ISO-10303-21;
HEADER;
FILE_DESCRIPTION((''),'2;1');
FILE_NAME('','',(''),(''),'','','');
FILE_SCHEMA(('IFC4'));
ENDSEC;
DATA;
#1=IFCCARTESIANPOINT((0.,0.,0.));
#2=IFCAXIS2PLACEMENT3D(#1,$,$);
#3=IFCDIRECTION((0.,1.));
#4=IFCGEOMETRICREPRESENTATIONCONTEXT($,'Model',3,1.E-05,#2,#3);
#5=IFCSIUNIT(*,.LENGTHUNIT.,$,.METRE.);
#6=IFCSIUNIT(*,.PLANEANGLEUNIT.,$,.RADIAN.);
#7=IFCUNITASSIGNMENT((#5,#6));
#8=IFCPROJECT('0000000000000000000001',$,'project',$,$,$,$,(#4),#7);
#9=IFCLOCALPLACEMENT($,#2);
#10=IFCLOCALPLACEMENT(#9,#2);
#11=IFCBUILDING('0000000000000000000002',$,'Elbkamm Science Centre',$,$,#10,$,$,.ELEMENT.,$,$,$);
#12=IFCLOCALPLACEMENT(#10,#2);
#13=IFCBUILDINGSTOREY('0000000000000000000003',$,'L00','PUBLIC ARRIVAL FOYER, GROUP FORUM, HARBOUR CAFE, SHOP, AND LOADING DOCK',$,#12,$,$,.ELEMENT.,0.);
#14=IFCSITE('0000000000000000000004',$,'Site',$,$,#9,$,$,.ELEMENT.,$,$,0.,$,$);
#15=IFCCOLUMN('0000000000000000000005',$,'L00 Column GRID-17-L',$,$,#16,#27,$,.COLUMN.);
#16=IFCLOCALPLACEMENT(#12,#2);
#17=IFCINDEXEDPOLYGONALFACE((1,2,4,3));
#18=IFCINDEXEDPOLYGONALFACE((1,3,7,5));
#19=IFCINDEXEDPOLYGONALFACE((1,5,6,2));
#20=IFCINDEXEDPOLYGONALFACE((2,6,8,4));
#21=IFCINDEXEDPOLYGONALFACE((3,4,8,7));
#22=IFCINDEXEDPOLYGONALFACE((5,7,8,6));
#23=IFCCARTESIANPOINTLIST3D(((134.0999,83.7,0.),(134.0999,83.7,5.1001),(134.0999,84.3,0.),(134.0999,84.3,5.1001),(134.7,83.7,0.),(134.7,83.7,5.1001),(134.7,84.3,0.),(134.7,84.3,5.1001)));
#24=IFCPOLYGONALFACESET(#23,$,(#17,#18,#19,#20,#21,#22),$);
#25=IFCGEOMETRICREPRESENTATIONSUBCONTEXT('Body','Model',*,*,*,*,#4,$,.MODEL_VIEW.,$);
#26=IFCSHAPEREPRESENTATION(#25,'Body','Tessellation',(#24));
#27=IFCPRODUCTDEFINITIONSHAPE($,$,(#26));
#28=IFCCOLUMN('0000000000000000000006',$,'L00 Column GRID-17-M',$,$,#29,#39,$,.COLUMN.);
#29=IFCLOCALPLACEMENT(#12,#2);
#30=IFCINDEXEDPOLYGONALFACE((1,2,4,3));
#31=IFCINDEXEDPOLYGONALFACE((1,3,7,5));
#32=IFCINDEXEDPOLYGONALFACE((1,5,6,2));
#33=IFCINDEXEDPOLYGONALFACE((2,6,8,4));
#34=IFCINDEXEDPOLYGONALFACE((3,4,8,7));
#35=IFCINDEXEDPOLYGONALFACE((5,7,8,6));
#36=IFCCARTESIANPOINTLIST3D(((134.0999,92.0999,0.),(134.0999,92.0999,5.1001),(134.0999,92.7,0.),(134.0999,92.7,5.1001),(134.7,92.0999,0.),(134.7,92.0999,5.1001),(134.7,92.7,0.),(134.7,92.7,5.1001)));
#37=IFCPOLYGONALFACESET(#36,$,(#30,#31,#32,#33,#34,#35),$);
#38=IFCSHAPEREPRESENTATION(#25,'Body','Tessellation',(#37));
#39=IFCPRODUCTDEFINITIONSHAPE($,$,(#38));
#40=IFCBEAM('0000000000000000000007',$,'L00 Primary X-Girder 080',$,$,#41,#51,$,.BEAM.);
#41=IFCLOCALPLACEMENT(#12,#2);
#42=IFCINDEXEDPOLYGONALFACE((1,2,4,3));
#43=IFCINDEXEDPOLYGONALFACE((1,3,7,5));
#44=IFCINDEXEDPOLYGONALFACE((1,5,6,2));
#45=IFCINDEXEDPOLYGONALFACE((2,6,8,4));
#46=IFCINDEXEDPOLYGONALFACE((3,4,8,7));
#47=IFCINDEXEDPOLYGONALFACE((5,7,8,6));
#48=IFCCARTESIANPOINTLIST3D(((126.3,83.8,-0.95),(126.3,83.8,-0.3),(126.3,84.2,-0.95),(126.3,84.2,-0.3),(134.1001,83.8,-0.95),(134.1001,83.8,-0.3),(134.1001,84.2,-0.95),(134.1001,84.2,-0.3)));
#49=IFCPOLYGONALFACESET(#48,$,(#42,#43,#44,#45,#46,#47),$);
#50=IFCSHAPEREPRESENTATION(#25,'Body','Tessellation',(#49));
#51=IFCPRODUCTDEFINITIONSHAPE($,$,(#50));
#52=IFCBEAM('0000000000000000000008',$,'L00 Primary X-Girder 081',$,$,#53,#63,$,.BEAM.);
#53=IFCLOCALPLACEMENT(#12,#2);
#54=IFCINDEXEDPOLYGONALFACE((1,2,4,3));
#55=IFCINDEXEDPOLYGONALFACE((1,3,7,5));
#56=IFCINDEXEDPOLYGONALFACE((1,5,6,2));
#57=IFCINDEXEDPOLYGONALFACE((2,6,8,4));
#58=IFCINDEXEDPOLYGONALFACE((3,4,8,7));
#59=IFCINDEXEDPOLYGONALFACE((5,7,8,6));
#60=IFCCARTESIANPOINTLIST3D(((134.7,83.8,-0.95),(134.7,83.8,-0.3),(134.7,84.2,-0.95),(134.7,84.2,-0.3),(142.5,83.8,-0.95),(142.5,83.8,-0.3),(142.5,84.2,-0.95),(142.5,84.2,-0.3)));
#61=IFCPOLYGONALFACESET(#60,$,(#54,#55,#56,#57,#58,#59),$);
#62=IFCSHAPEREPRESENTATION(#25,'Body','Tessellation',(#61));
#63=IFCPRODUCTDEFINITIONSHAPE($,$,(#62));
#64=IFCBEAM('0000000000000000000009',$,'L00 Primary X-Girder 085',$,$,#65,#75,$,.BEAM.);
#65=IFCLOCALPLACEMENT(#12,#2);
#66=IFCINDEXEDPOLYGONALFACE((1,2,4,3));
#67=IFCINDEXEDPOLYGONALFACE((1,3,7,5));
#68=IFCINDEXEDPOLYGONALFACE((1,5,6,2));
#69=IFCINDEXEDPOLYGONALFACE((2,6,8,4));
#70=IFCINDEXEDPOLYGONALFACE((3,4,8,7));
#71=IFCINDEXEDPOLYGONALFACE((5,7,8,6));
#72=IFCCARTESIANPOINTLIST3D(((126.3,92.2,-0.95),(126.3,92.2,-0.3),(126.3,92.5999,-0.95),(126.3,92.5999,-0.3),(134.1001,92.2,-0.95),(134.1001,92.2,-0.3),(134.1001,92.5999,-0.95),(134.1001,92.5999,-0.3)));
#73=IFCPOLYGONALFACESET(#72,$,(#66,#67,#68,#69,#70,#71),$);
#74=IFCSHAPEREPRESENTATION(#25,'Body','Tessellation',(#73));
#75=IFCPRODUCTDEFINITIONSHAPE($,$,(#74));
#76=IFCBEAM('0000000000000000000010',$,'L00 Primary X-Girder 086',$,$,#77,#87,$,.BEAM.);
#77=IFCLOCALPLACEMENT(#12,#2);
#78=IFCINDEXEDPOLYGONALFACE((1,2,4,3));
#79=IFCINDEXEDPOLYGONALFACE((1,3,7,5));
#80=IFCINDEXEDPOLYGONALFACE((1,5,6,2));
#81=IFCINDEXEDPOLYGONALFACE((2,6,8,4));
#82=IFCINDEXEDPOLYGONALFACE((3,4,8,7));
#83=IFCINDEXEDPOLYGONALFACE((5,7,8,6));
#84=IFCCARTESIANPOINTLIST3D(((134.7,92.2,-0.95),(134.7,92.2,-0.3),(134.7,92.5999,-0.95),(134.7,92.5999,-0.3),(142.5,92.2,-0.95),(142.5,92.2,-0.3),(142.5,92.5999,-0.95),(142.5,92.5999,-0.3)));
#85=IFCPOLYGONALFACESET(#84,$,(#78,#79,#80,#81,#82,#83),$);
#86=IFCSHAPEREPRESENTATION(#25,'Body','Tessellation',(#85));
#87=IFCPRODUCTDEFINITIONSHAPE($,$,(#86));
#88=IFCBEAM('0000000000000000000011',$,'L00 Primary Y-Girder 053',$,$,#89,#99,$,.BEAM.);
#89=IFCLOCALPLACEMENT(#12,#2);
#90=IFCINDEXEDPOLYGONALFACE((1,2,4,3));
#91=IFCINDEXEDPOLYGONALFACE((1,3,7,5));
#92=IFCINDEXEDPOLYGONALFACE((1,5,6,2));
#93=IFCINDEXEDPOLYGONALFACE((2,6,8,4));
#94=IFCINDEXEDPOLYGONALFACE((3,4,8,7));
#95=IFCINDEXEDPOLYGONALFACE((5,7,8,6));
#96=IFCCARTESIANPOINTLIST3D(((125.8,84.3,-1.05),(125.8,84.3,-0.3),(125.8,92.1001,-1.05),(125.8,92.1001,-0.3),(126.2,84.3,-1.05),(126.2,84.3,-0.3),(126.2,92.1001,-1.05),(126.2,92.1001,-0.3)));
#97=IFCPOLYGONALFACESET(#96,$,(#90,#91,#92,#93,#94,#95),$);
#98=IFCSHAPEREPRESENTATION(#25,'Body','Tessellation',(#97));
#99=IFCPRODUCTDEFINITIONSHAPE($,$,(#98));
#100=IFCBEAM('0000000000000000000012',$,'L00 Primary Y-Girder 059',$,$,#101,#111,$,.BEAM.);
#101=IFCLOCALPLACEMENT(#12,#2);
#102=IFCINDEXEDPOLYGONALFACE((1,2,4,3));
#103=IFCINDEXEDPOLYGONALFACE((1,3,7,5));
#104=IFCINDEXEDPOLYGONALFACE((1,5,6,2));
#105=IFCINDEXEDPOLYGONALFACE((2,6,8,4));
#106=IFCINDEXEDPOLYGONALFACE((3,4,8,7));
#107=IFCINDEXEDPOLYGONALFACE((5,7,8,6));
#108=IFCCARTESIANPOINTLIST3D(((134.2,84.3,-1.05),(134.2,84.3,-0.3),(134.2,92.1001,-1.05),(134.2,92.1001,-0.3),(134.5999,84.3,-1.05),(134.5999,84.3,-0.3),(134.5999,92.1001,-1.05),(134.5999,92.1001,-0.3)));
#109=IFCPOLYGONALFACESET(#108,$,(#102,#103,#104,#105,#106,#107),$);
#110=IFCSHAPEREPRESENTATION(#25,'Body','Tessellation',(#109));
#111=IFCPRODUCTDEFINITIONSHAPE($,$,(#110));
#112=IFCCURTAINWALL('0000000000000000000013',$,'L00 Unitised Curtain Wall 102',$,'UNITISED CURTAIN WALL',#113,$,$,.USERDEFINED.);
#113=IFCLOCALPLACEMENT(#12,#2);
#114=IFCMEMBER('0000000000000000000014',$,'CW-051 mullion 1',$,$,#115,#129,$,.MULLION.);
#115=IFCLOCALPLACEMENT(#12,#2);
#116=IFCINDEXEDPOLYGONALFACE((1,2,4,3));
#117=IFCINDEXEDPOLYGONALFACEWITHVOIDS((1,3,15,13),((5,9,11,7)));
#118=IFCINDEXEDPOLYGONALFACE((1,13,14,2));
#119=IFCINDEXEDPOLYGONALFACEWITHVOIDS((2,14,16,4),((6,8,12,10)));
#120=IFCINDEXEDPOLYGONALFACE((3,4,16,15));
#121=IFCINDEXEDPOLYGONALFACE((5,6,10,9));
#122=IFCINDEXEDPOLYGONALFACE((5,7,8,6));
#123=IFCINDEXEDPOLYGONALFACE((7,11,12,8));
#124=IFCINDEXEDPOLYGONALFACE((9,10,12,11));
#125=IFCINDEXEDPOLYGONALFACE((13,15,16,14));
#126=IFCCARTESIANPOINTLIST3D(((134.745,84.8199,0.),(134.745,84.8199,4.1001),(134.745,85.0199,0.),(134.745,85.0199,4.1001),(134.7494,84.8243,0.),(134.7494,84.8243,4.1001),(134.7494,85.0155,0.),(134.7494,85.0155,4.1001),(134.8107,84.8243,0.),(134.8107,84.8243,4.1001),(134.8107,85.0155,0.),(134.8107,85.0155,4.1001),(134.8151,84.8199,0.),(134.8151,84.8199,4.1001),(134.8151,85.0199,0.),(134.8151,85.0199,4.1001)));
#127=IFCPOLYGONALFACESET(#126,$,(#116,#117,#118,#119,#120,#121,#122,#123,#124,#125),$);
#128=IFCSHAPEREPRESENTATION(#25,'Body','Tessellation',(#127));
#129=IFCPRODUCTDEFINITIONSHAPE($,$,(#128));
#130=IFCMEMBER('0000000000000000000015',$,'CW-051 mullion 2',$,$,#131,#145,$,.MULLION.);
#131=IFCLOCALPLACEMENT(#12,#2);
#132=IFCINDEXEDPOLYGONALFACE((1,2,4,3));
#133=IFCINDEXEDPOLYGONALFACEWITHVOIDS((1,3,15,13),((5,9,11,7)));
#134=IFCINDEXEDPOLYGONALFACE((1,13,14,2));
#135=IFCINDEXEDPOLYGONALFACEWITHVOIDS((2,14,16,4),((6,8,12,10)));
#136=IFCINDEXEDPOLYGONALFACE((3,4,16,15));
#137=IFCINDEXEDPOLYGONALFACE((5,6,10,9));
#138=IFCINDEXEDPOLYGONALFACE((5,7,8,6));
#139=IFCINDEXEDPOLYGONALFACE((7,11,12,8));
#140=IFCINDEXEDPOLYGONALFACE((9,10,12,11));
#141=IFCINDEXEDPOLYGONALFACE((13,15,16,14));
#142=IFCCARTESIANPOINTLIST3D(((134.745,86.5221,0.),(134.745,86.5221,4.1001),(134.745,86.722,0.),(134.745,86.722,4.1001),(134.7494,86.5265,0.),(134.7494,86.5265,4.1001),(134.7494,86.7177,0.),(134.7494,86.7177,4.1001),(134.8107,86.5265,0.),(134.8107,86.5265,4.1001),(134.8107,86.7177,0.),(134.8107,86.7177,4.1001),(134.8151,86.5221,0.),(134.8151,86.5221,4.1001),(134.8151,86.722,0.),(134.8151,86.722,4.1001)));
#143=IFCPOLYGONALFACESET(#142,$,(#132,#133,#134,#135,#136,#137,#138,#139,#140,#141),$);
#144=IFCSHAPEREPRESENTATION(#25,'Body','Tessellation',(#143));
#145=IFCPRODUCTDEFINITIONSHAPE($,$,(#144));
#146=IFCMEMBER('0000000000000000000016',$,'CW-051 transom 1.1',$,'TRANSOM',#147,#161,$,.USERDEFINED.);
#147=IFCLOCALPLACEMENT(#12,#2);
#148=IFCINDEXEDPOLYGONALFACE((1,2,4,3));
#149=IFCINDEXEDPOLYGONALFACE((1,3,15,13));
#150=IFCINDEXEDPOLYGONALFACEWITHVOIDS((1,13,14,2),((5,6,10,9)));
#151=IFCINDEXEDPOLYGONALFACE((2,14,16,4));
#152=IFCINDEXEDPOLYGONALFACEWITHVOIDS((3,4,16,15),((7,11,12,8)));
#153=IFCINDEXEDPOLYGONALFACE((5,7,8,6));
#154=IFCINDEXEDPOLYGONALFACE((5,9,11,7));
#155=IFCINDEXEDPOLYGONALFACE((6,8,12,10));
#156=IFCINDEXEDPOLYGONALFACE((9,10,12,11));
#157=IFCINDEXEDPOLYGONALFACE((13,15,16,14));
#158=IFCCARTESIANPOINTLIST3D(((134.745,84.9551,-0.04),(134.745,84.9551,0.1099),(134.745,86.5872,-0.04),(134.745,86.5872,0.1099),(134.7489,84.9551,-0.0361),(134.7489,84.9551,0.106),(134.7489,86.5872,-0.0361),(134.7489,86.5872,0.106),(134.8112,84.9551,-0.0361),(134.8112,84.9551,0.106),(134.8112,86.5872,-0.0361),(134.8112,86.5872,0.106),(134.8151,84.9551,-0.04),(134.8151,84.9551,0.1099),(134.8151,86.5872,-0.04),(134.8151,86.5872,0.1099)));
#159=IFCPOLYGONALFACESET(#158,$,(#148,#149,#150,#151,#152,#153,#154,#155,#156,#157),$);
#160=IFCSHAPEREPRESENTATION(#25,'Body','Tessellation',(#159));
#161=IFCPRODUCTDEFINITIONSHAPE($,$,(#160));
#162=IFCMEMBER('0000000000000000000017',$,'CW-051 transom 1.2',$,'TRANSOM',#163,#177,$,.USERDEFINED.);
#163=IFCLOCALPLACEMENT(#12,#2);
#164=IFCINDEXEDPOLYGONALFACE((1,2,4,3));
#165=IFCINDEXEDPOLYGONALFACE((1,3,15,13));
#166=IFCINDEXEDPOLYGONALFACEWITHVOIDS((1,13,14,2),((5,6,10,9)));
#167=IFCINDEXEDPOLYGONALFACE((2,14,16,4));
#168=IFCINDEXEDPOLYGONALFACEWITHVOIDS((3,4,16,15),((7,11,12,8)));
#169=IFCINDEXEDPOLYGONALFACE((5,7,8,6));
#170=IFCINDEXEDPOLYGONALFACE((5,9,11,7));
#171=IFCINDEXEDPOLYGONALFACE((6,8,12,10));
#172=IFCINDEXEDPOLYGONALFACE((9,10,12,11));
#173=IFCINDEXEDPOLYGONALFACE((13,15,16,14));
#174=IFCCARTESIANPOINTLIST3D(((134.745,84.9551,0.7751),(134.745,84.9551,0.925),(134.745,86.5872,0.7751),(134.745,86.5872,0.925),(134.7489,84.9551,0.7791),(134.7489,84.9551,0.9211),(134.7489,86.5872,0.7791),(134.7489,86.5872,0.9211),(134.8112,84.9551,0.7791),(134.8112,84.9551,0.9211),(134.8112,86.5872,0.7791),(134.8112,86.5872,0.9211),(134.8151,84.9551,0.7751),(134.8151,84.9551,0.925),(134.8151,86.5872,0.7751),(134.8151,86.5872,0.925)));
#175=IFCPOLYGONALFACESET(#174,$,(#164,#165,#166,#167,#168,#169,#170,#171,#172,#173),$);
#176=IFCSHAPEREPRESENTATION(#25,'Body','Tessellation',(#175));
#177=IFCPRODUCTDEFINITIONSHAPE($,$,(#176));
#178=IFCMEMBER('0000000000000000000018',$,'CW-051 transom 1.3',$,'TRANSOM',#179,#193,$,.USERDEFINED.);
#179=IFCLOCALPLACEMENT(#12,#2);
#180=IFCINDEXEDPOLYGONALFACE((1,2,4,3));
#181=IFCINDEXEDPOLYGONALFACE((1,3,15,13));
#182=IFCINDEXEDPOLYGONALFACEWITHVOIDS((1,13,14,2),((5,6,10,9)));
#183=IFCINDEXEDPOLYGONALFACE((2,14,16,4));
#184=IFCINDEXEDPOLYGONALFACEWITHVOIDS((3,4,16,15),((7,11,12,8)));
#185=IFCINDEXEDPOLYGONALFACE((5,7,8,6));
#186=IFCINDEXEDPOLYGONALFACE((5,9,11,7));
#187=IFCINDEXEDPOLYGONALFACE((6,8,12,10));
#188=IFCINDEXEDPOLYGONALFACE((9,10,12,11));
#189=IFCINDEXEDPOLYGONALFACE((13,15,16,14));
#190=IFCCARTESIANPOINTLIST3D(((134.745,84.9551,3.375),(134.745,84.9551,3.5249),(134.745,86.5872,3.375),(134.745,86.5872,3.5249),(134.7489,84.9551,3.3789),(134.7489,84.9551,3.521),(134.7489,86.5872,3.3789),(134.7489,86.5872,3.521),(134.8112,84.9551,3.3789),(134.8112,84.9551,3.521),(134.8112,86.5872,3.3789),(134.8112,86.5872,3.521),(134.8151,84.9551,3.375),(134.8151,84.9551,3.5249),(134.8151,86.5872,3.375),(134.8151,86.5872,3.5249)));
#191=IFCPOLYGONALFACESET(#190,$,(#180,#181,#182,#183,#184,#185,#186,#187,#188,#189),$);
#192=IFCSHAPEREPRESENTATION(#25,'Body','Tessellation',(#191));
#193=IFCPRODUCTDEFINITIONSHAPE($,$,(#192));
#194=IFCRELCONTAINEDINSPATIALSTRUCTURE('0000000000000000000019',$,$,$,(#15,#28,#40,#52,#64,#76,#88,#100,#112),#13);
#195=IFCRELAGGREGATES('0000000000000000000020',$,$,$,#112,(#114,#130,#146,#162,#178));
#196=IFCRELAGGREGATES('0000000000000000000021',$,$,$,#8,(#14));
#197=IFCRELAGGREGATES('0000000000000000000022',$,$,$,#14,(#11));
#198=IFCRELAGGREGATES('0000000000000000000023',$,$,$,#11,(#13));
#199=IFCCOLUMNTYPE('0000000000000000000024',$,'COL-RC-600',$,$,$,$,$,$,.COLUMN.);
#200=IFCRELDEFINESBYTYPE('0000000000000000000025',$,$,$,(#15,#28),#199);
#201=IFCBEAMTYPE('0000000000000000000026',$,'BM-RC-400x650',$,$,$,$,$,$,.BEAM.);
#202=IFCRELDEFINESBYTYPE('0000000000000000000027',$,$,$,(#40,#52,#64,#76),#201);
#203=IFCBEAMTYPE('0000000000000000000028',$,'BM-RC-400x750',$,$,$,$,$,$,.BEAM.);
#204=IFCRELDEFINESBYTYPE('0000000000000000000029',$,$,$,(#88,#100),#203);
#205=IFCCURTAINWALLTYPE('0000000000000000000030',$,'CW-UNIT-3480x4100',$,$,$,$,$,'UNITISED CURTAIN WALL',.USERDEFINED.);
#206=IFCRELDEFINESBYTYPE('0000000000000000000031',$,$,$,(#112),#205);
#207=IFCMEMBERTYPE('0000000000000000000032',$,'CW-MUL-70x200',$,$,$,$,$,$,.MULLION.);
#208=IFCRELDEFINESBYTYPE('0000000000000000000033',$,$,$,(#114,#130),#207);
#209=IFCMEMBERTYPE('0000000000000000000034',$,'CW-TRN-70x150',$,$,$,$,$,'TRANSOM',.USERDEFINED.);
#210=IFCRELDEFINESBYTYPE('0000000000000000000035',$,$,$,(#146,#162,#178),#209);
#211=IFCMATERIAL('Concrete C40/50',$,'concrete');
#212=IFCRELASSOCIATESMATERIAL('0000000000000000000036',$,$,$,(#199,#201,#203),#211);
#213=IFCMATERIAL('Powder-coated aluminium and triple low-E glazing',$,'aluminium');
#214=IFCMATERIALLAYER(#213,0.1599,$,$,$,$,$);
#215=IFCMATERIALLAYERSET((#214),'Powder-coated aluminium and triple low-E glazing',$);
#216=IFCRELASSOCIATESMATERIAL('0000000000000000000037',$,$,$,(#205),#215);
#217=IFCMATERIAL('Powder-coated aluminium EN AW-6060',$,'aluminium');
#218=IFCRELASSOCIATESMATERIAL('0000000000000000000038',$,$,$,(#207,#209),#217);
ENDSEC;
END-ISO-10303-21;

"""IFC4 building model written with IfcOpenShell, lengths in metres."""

from ifc_helpers import new_model, si_unit, direction, frame, origin, origin_2d, place, context, subcontext, project, spatial, rectangle, hollow_rectangle, extrude, material, layer, layer_set, material_profile, profile_set, type_object, element, aggregate, save


model = new_model("IFC4")

# Units and contexts
model_context = context("Model", 3, precision=1e-05, world=origin(), true_north=direction((0.0, 1.0)))
body_context = subcontext(model_context, "Body", "Model", "MODEL_VIEW")
ifc_project = project(units=[si_unit("LENGTHUNIT", "METRE"), si_unit("PLANEANGLEUNIT", "RADIAN")], contexts=[model_context])

# Site, building, storey
site_placement = place(None, origin())
site = spatial("IfcSite", under=ifc_project, at=site_placement, Name="Site", CompositionType="ELEMENT", RefElevation=0.0)
building_placement = place(site_placement, origin())
building = spatial("IfcBuilding", under=site, at=building_placement, Name="Elbkamm Science Centre", CompositionType="ELEMENT")
storey_placement = place(building_placement, origin())
storey = spatial("IfcBuildingStorey", under=building, at=storey_placement, Name="L00", Description="PUBLIC ARRIVAL FOYER, GROUP FORUM, HARBOUR CAFE, SHOP, AND LOADING DOCK", CompositionType="ELEMENT", Elevation=0.0)

# Columns
ifc_material_1 = material(Name="Concrete C40/50", Category="concrete")
ifc_material_profile_1 = material_profile(ifc_material_1, rectangle(XDim=0.6001, YDim=0.6001, at=origin_2d()), Name="RC 600x600")
ifc_profile_set_1 = profile_set([ifc_material_profile_1], Name="Concrete C40/50")
column_type = type_object("IfcColumnType", Name="COL-RC-600", PredefinedType="COLUMN", material=ifc_profile_set_1)
for number, where, z_axis, x_axis, name in (
    (1, (134.3999, 84.0, 0.0), (0.0, 0.0, 1.0), (1.0, 0.0, 0.0), "L00 Column GRID-17-L"),
    (2, (134.3999, 92.3999, 0.0), (0.0, 0.0, 1.0), (1.0, 0.0, 0.0), "L00 Column GRID-17-M"),
):
    element("IfcColumn", number, at=place(storey_placement, frame(where, z_axis=z_axis, x_axis=x_axis)), inside=storey, type_object=column_type, Name=name, PredefinedType="COLUMN", context=body_context, shape_type="SweptSolid", body=[
        extrude(rectangle(XDim=0.6001, YDim=0.6001, at=origin_2d()), origin(), (0.0, 0.0, 1.0), 5.1001),
    ])

# Beams
ifc_material_profile_2 = material_profile(ifc_material_1, rectangle(XDim=0.3999, YDim=0.6499, at=origin_2d()), Name="RC 400x650")
ifc_profile_set_2 = profile_set([ifc_material_profile_2], Name="Concrete C40/50")
beam_type_1 = type_object("IfcBeamType", Name="BM-RC-400x650", PredefinedType="BEAM", material=ifc_profile_set_2)
for number, where, z_axis, x_axis, name in (
    (3, (126.3, 84.0, -0.625), (1.0, 0.0, 0.0), (0.0, 1.0, 0.0), "L00 Primary X-Girder 080"),
    (4, (134.7, 84.0, -0.625), (1.0, 0.0, 0.0), (0.0, 1.0, 0.0), "L00 Primary X-Girder 081"),
    (5, (126.3, 92.3999, -0.625), (1.0, 0.0, 0.0), (0.0, 1.0, 0.0), "L00 Primary X-Girder 085"),
    (6, (134.7, 92.3999, -0.625), (1.0, 0.0, 0.0), (0.0, 1.0, 0.0), "L00 Primary X-Girder 086"),
):
    element("IfcBeam", number, at=place(storey_placement, frame(where, z_axis=z_axis, x_axis=x_axis)), inside=storey, type_object=beam_type_1, Name=name, PredefinedType="BEAM", context=body_context, shape_type="SweptSolid", body=[
        extrude(rectangle(XDim=0.3999, YDim=0.6499, at=origin_2d()), origin(), (0.0, 0.0, 1.0), 7.8),
    ])
ifc_material_profile_3 = material_profile(ifc_material_1, rectangle(XDim=0.3999, YDim=0.75, at=origin_2d()), Name="RC 400x750")
ifc_profile_set_3 = profile_set([ifc_material_profile_3], Name="Concrete C40/50")
beam_type_2 = type_object("IfcBeamType", Name="BM-RC-400x750", PredefinedType="BEAM", material=ifc_profile_set_3)
for number, where, z_axis, x_axis, name in (
    (7, (126.0, 84.3, -0.675), (0.0, 1.0, 0.0), (-1.0, 0.0, 0.0), "L00 Primary Y-Girder 053"),
    (8, (134.3999, 84.3, -0.675), (0.0, 1.0, 0.0), (-1.0, 0.0, 0.0), "L00 Primary Y-Girder 059"),
):
    element("IfcBeam", number, at=place(storey_placement, frame(where, z_axis=z_axis, x_axis=x_axis)), inside=storey, type_object=beam_type_2, Name=name, PredefinedType="BEAM", context=body_context, shape_type="SweptSolid", body=[
        extrude(rectangle(XDim=0.3999, YDim=0.75, at=origin_2d()), origin(), (0.0, 0.0, 1.0), 7.8),
    ])

# Curtain wall, members
ifc_material_2 = material(Name="Powder-coated aluminium and triple low-E glazing", Category="aluminium")
ifc_layer_1 = layer(ifc_material_2, 0.1599)
ifc_layer_set_1 = layer_set([ifc_layer_1], Name="Powder-coated aluminium and triple low-E glazing")
curtain_wall_type = type_object("IfcCurtainWallType", Name="CW-UNIT-3480x4100", ElementType="UNITISED CURTAIN WALL", PredefinedType="USERDEFINED", material=ifc_layer_set_1)
curtain_wall_placement = place(storey_placement, origin())
curtain_wall = element("IfcCurtainWall", 9, at=curtain_wall_placement, inside=storey, type_object=curtain_wall_type, Name="L00 Unitised Curtain Wall 102", ObjectType="UNITISED CURTAIN WALL", PredefinedType="USERDEFINED")
ifc_material_3 = material(Name="Powder-coated aluminium EN AW-6060", Category="aluminium")
ifc_material_profile_4 = material_profile(ifc_material_3, hollow_rectangle(XDim=0.0701, YDim=0.2, WallThickness=0.0044, at=origin_2d()), Name="ALU M70x200")
ifc_profile_set_4 = profile_set([ifc_material_profile_4], Name="Powder-coated aluminium EN AW-6060")
member_type_1 = type_object("IfcMemberType", Name="CW-MUL-70x200", PredefinedType="MULLION", material=ifc_profile_set_4)
member_1_placement = place(storey_placement, frame((134.78, 84.9199, 0.0), z_axis=(0.0, 0.0, 1.0), x_axis=(-1.0, 0.0, 0.0)))
member_1 = element("IfcMember", 10, at=member_1_placement, type_object=member_type_1, Name="CW-051 mullion 1", PredefinedType="MULLION", context=body_context, shape_type="SweptSolid", body=[
    extrude(hollow_rectangle(XDim=0.0701, YDim=0.2, WallThickness=0.0044, at=origin_2d()), origin(), (0.0, 0.0, 1.0), 4.1001),
])
member_2_placement = place(storey_placement, frame((134.78, 86.6221, 0.0), z_axis=(0.0, 0.0, 1.0), x_axis=(-1.0, 0.0, 0.0)))
member_2 = element("IfcMember", 11, at=member_2_placement, type_object=member_type_1, Name="CW-051 mullion 2", PredefinedType="MULLION", context=body_context, shape_type="SweptSolid", body=[
    extrude(hollow_rectangle(XDim=0.0701, YDim=0.2, WallThickness=0.0044, at=origin_2d()), origin(), (0.0, 0.0, 1.0), 4.1001),
])
ifc_material_profile_5 = material_profile(ifc_material_3, hollow_rectangle(XDim=0.0701, YDim=0.1499, WallThickness=0.0039, at=origin_2d()), Name="ALU T70x150")
ifc_profile_set_5 = profile_set([ifc_material_profile_5], Name="Powder-coated aluminium EN AW-6060")
member_type_2 = type_object("IfcMemberType", Name="CW-TRN-70x150", ElementType="TRANSOM", PredefinedType="USERDEFINED", material=ifc_profile_set_5)
member_3_placement = place(storey_placement, frame((134.78, 84.9551, 0.0349), z_axis=(0.0, 1.0, 0.0), x_axis=(-1.0, 0.0, 0.0)))
member_3 = element("IfcMember", 12, at=member_3_placement, type_object=member_type_2, Name="CW-051 transom 1.1", ObjectType="TRANSOM", PredefinedType="USERDEFINED", context=body_context, shape_type="SweptSolid", body=[
    extrude(hollow_rectangle(XDim=0.0701, YDim=0.1499, WallThickness=0.0039, at=origin_2d()), origin(), (0.0, 0.0, 1.0), 1.6321),
])
member_4_placement = place(storey_placement, frame((134.78, 84.9551, 0.8501), z_axis=(0.0, 1.0, 0.0), x_axis=(-1.0, 0.0, 0.0)))
member_4 = element("IfcMember", 13, at=member_4_placement, type_object=member_type_2, Name="CW-051 transom 1.2", ObjectType="TRANSOM", PredefinedType="USERDEFINED", context=body_context, shape_type="SweptSolid", body=[
    extrude(hollow_rectangle(XDim=0.0701, YDim=0.1499, WallThickness=0.0039, at=origin_2d()), origin(), (0.0, 0.0, 1.0), 1.6321),
])
member_5_placement = place(storey_placement, frame((134.78, 84.9551, 3.45), z_axis=(0.0, 1.0, 0.0), x_axis=(-1.0, 0.0, 0.0)))
member_5 = element("IfcMember", 14, at=member_5_placement, type_object=member_type_2, Name="CW-051 transom 1.3", ObjectType="TRANSOM", PredefinedType="USERDEFINED", context=body_context, shape_type="SweptSolid", body=[
    extrude(hollow_rectangle(XDim=0.0701, YDim=0.1499, WallThickness=0.0039, at=origin_2d()), origin(), (0.0, 0.0, 1.0), 1.6321),
])

aggregate(curtain_wall, [member_1, member_2, member_3, member_4, member_5])

save(model, "model.ifc")
